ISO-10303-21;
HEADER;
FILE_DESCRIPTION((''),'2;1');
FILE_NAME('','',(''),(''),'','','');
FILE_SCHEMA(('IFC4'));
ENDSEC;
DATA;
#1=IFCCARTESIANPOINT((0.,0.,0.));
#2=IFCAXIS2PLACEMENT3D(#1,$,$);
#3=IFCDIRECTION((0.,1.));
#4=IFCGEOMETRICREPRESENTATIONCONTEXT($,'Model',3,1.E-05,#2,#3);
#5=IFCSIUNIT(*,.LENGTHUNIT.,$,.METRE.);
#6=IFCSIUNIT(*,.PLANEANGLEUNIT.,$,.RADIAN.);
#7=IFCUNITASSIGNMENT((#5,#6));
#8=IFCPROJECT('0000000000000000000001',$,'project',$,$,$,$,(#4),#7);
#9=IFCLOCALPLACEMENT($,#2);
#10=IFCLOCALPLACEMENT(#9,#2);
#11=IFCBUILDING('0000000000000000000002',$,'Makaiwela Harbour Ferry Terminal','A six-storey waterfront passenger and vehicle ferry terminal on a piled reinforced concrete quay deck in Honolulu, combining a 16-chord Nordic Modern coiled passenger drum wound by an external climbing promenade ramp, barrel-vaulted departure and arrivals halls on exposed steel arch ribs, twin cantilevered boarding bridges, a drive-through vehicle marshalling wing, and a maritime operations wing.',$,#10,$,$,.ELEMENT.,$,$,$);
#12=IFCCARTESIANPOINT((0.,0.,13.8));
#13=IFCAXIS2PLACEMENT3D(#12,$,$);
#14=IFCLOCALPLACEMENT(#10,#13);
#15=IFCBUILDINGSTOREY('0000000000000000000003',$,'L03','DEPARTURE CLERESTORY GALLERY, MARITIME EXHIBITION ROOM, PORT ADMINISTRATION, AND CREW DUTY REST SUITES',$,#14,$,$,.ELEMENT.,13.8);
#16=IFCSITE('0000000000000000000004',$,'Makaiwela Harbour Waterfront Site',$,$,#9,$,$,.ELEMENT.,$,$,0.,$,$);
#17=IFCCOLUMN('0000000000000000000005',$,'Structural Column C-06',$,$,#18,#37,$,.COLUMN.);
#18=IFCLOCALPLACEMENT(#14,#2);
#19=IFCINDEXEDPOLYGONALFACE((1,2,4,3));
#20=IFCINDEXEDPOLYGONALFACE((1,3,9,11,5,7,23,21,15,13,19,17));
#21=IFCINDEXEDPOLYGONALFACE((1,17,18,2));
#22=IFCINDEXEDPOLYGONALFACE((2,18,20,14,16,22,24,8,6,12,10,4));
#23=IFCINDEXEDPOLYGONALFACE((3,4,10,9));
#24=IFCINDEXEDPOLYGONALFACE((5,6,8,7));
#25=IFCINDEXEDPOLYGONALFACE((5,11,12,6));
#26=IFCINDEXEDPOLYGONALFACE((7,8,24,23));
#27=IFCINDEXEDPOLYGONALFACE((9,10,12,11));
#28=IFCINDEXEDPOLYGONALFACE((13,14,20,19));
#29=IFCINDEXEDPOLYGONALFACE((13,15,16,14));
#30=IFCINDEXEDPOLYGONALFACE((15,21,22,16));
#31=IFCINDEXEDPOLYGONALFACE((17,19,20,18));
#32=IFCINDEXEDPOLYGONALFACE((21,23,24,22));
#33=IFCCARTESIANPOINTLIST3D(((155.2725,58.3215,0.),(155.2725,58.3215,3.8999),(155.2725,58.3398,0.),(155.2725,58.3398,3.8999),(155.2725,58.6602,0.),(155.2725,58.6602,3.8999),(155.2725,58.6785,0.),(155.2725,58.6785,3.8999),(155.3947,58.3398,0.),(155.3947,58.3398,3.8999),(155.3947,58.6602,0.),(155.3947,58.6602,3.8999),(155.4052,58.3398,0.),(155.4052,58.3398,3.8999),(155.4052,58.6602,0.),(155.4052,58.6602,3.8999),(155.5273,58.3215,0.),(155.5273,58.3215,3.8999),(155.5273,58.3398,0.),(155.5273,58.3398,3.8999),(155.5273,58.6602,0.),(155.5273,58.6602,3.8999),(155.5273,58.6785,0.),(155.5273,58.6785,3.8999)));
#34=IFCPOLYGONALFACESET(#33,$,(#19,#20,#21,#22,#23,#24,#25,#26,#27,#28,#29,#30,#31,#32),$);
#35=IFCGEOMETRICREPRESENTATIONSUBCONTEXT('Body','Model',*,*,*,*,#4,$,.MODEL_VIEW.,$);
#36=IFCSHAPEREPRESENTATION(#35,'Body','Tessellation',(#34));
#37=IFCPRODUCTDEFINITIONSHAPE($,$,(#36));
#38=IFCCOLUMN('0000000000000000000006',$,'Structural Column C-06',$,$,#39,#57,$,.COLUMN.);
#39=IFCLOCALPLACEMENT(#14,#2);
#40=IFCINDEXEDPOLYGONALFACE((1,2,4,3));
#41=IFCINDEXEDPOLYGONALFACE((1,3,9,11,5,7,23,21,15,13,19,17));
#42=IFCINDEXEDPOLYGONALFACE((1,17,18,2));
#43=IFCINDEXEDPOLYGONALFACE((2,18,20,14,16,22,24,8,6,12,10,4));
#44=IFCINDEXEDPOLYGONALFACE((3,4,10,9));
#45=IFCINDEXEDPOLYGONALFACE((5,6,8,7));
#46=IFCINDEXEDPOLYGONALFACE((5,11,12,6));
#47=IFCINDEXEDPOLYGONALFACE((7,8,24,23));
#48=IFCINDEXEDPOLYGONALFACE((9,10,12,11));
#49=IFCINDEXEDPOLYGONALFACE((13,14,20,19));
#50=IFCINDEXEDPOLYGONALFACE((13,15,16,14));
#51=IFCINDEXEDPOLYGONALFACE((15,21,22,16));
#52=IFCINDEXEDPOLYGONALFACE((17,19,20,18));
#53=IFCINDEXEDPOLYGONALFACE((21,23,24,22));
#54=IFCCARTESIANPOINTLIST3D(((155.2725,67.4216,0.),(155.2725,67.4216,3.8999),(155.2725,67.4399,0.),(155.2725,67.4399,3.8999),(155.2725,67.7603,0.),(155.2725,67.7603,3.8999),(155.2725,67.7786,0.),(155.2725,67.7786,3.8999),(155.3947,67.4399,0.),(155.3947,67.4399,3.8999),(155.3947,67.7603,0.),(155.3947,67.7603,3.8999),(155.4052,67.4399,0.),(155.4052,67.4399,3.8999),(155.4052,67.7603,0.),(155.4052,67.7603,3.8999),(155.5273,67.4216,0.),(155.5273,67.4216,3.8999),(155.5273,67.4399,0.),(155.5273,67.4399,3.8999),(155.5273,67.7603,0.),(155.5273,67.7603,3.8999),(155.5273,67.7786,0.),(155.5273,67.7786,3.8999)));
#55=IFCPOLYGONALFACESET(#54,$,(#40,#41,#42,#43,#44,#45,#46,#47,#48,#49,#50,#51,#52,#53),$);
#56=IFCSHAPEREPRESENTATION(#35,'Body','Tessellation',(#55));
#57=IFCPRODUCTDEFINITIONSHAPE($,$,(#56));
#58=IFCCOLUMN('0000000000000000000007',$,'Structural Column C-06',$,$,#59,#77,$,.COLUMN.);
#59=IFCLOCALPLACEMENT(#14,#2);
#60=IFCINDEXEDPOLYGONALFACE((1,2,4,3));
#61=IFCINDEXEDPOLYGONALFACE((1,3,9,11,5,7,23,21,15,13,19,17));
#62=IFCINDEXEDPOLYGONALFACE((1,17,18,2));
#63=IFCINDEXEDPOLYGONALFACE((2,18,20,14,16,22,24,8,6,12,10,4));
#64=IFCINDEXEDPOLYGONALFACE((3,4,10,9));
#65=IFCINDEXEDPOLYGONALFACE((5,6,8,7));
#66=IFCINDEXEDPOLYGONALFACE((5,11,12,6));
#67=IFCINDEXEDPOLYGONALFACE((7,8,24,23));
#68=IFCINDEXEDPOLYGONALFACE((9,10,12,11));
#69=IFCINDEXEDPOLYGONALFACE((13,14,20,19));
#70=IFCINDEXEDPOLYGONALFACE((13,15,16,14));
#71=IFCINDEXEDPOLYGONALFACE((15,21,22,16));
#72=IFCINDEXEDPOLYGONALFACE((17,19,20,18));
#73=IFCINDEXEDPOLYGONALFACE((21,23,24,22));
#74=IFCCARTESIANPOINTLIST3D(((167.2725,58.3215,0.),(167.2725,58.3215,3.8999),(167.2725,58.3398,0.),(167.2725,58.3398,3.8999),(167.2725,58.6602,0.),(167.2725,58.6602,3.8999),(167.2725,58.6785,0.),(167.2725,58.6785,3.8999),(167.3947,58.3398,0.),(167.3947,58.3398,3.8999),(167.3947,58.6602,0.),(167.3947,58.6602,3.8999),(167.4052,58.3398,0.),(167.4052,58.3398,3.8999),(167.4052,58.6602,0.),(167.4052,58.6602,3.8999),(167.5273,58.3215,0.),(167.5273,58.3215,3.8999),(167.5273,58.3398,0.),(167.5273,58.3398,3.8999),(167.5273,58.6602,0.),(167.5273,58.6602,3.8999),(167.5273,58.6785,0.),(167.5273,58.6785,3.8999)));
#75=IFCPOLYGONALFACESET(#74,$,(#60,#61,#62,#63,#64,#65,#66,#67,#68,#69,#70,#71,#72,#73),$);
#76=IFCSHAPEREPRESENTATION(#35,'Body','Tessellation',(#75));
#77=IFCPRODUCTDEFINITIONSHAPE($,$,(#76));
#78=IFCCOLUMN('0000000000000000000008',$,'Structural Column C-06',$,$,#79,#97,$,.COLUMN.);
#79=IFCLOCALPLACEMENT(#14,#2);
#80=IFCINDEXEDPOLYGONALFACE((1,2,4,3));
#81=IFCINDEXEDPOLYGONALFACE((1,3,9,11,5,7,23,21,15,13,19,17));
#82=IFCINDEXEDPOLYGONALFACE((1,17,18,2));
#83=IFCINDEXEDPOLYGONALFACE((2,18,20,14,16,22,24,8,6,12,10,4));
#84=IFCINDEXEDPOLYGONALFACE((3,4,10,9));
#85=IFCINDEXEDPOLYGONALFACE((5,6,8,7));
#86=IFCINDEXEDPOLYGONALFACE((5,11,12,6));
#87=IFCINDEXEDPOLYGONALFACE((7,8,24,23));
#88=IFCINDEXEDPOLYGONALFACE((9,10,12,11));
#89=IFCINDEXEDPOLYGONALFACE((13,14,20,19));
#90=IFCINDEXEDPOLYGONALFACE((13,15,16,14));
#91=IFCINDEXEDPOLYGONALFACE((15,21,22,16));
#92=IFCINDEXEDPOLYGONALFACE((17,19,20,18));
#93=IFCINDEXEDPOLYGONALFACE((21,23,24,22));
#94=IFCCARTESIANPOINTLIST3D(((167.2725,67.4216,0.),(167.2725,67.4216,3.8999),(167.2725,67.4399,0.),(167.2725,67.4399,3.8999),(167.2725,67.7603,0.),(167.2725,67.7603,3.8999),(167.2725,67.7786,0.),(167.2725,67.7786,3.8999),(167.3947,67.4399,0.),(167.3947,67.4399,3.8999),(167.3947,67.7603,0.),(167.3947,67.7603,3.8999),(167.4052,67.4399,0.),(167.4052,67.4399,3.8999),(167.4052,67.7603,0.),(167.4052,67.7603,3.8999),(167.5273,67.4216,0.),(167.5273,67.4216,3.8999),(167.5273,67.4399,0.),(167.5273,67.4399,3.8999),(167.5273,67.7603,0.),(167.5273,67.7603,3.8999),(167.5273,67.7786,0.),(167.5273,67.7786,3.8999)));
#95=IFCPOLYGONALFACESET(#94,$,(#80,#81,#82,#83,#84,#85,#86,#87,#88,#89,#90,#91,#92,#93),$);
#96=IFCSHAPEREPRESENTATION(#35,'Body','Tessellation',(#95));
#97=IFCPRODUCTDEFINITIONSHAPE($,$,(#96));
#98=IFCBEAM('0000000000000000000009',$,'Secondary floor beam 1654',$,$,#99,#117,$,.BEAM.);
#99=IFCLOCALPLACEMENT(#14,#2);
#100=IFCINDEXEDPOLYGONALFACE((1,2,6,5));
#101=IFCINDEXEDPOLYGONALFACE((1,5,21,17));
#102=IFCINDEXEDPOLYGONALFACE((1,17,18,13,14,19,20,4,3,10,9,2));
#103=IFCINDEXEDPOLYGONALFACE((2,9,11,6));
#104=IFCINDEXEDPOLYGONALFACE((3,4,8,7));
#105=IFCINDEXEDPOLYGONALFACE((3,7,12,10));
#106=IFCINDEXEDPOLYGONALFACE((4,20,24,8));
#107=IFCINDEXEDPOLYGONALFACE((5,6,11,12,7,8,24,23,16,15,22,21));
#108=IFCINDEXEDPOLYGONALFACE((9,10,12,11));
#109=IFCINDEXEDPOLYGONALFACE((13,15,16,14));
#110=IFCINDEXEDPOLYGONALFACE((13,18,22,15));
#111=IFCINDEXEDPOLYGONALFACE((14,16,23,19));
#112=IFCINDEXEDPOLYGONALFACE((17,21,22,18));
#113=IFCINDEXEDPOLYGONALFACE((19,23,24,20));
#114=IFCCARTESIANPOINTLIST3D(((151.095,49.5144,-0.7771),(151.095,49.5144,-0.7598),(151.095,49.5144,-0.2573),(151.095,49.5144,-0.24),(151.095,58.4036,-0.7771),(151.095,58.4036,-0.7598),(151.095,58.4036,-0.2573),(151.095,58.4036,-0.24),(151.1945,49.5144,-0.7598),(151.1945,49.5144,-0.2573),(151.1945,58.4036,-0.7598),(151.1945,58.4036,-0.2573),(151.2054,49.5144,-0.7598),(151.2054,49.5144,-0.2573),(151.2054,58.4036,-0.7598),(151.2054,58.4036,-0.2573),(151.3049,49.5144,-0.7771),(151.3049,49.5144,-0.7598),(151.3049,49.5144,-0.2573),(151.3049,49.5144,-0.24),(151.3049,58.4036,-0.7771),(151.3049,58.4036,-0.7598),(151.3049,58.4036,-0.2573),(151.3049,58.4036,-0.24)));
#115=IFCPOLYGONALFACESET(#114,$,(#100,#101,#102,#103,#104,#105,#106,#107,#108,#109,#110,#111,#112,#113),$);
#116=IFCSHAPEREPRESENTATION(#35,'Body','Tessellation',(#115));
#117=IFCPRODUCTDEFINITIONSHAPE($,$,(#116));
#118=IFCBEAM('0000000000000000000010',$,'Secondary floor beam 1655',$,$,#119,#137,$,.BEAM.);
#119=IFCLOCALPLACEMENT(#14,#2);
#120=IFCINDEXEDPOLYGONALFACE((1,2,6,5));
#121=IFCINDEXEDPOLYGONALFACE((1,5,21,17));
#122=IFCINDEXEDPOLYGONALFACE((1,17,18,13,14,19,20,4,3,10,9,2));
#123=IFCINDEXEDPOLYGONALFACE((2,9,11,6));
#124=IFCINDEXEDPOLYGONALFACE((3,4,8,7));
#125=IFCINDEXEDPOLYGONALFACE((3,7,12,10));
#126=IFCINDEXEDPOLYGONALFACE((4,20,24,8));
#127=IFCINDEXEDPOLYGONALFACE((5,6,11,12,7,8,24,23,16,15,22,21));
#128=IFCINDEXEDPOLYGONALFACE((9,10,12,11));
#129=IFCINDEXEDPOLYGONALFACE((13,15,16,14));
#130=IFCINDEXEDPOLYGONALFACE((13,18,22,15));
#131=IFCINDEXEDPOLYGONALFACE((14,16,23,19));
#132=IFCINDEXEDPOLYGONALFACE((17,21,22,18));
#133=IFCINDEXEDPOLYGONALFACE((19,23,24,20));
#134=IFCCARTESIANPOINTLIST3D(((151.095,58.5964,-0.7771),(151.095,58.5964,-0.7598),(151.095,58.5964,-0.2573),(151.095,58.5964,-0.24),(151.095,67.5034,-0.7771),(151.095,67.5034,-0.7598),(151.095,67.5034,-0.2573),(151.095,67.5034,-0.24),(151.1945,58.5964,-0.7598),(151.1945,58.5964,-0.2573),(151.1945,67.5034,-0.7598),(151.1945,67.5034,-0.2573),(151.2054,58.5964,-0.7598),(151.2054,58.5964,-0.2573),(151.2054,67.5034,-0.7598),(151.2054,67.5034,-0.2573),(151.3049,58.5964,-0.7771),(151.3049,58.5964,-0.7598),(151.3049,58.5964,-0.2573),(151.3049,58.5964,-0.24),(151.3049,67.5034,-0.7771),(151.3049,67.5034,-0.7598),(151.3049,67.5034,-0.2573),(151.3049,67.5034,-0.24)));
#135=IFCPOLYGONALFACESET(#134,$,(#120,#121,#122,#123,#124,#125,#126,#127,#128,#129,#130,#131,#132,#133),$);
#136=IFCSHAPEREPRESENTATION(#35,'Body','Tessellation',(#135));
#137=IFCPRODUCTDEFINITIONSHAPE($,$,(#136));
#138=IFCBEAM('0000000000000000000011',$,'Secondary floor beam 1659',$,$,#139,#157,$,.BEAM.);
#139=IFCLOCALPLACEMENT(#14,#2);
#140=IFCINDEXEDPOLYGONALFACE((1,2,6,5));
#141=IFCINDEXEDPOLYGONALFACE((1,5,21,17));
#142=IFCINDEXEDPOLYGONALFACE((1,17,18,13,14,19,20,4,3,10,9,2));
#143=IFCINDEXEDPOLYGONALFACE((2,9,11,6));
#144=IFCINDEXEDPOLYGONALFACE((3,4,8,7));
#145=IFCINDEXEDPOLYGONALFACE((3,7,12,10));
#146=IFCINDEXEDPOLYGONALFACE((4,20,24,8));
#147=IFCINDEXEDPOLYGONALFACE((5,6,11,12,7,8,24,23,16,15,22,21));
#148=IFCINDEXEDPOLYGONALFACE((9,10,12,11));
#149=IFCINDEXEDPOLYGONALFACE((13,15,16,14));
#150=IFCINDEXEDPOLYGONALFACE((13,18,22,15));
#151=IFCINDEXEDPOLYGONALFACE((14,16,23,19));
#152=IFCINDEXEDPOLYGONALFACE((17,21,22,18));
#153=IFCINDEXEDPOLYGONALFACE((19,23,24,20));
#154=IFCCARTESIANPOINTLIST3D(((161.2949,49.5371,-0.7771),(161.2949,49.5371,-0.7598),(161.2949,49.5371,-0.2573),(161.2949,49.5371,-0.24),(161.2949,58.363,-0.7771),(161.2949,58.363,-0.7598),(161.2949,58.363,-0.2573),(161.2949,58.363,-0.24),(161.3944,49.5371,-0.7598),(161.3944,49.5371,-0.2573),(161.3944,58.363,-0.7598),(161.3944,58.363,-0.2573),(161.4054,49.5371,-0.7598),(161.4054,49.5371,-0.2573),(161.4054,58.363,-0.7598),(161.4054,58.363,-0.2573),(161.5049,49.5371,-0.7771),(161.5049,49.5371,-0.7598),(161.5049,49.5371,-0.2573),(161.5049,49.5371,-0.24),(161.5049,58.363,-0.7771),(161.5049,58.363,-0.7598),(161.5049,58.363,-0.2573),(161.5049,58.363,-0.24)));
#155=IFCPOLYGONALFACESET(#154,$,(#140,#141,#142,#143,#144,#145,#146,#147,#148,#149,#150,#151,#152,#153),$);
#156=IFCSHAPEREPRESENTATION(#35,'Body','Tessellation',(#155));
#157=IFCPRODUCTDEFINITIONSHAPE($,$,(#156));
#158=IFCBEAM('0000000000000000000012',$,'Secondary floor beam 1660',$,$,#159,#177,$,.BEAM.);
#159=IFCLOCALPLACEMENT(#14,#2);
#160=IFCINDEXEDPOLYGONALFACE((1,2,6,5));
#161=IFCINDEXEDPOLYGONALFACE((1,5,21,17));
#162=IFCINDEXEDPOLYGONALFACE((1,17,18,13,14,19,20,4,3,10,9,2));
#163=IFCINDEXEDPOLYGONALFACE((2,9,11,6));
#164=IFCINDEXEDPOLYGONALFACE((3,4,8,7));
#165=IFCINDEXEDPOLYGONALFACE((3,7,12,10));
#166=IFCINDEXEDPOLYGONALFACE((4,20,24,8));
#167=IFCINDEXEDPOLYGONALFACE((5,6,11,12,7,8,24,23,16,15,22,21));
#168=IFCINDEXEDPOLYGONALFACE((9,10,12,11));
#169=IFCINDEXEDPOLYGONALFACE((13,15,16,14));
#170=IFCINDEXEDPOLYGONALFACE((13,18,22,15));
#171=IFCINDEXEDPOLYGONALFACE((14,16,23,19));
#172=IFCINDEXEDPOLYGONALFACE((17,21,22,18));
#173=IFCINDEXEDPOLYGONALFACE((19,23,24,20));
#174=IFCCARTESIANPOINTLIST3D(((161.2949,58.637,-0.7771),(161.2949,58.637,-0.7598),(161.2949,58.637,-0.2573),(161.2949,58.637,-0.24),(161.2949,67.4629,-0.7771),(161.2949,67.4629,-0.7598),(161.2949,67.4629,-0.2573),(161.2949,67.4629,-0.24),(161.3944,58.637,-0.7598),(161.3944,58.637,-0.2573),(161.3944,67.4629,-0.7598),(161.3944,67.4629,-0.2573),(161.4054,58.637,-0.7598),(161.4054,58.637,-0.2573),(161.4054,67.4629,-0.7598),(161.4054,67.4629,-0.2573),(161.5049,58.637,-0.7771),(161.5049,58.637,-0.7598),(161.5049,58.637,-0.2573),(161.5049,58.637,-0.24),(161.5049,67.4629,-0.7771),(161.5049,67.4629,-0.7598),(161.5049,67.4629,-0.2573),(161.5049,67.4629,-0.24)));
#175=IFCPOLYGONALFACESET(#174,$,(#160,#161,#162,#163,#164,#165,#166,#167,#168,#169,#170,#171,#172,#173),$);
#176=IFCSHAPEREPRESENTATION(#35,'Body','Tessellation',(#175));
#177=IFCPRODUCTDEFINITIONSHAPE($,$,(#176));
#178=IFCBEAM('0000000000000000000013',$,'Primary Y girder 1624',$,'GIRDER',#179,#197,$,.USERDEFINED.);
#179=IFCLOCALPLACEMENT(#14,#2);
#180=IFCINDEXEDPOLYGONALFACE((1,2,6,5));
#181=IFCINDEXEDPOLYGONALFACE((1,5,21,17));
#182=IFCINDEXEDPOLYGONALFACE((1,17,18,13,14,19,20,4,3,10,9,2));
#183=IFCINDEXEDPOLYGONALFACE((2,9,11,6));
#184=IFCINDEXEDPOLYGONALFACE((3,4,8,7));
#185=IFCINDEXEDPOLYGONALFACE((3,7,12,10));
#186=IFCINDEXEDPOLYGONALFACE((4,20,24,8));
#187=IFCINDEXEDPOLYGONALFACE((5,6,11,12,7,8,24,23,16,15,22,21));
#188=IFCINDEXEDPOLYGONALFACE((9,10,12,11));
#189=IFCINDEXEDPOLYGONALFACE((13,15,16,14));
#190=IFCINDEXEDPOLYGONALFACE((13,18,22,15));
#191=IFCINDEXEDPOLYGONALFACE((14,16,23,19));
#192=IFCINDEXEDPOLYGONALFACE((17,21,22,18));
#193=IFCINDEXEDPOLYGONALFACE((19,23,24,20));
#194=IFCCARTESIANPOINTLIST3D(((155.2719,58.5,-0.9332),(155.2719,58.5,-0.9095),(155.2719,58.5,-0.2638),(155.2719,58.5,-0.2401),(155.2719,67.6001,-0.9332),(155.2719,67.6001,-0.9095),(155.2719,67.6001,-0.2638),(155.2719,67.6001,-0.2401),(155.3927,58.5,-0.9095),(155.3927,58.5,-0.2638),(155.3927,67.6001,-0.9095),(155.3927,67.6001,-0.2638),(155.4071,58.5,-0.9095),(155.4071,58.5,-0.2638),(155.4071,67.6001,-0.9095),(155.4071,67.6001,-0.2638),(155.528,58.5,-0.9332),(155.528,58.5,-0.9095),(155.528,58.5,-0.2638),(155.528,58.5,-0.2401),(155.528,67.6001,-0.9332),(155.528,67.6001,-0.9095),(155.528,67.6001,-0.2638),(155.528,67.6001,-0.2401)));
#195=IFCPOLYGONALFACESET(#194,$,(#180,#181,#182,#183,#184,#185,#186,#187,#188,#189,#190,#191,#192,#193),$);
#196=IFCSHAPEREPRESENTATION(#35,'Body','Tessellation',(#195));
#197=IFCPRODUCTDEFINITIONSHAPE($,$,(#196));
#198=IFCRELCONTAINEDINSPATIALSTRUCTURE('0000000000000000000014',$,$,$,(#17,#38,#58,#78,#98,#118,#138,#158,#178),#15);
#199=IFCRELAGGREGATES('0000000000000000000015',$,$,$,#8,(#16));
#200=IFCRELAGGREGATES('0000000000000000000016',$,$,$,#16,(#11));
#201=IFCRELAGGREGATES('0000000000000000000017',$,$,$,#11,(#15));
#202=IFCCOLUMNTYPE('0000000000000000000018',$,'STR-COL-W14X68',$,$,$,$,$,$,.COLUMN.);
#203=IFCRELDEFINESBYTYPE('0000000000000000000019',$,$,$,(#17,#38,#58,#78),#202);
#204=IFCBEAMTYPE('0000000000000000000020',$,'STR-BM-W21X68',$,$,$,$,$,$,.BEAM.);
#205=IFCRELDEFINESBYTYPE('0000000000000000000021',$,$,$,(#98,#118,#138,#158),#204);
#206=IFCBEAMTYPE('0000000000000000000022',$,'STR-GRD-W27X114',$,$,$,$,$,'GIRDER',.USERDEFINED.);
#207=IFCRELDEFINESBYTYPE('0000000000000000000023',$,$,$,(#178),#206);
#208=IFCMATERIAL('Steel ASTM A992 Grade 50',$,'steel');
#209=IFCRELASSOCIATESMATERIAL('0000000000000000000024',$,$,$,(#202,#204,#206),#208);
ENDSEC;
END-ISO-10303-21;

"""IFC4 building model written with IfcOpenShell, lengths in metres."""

from ifc_helpers import new_model, si_unit, direction, frame, origin, origin_2d, place, context, subcontext, project, spatial, i_section, extrude, material, material_profile, profile_set, type_object, element, save


model = new_model("IFC4")

# Units and contexts
model_context = context("Model", 3, precision=1e-05, world=origin(), true_north=direction((0.0, 1.0)))
body_context = subcontext(model_context, "Body", "Model", "MODEL_VIEW")
ifc_project = project(units=[si_unit("LENGTHUNIT", "METRE"), si_unit("PLANEANGLEUNIT", "RADIAN")], contexts=[model_context])

# Site, building, storey
site_placement = place(None, origin())
site = spatial("IfcSite", under=ifc_project, at=site_placement, Name="Makaiwela Harbour Waterfront Site", CompositionType="ELEMENT", RefElevation=0.0)
building_placement = place(site_placement, origin())
building = spatial("IfcBuilding", under=site, at=building_placement, Name="Makaiwela Harbour Ferry Terminal", Description="A six-storey waterfront passenger and vehicle ferry terminal on a piled reinforced concrete quay deck in Honolulu, combining a 16-chord Nordic Modern coiled passenger drum wound by an external climbing promenade ramp, barrel-vaulted departure and arrivals halls on exposed steel arch ribs, twin cantilevered boarding bridges, a drive-through vehicle marshalling wing, and a maritime operations wing.", CompositionType="ELEMENT")
storey_placement = place(building_placement, frame((0.0, 0.0, 13.8)))
storey = spatial("IfcBuildingStorey", under=building, at=storey_placement, Name="L03", Description="DEPARTURE CLERESTORY GALLERY, MARITIME EXHIBITION ROOM, PORT ADMINISTRATION, AND CREW DUTY REST SUITES", CompositionType="ELEMENT", Elevation=13.8)

# Columns
ifc_material_1 = material(Name="Steel ASTM A992 Grade 50", Category="steel")
ifc_material_profile_1 = material_profile(ifc_material_1, i_section(OverallWidth=0.2549, OverallDepth=0.3569, WebThickness=0.0105, FlangeThickness=0.0183, at=origin_2d()), Name="W14X68")
ifc_profile_set_1 = profile_set([ifc_material_profile_1], Name="Steel ASTM A992 Grade 50")
column_type = type_object("IfcColumnType", Name="STR-COL-W14X68", PredefinedType="COLUMN", material=ifc_profile_set_1)
for number, where, z_axis, x_axis, name in (
    (1, (155.3999, 58.5, 0.0), (0.0, 0.0, 1.0), (1.0, 0.0, 0.0), "Structural Column C-06"),
    (2, (155.3999, 67.6001, 0.0), (0.0, 0.0, 1.0), (1.0, 0.0, 0.0), "Structural Column C-06"),
    (3, (167.3999, 58.5, 0.0), (0.0, 0.0, 1.0), (1.0, 0.0, 0.0), "Structural Column C-06"),
    (4, (167.3999, 67.6001, 0.0), (0.0, 0.0, 1.0), (1.0, 0.0, 0.0), "Structural Column C-06"),
):
    element("IfcColumn", number, at=place(storey_placement, frame(where, z_axis=z_axis, x_axis=x_axis)), inside=storey, type_object=column_type, Name=name, PredefinedType="COLUMN", context=body_context, shape_type="SweptSolid", body=[
        extrude(i_section(OverallWidth=0.2549, OverallDepth=0.3569, WebThickness=0.0105, FlangeThickness=0.0183, at=origin_2d()), origin(), (0.0, 0.0, 1.0), 3.8999),
    ])

# Beams
ifc_material_profile_2 = material_profile(ifc_material_1, i_section(OverallWidth=0.21, OverallDepth=0.5371, WebThickness=0.011, FlangeThickness=0.0173, at=origin_2d()), Name="W21X68")
ifc_profile_set_2 = profile_set([ifc_material_profile_2], Name="Steel ASTM A992 Grade 50")
beam_type_1 = type_object("IfcBeamType", Name="STR-BM-W21X68", PredefinedType="BEAM", material=ifc_profile_set_2)
beam_1_placement = place(storey_placement, frame((151.2, 49.5144, -0.5085), z_axis=(0.0, 1.0, 0.0), x_axis=(-1.0, 0.0, 0.0)))
element("IfcBeam", 5, at=beam_1_placement, inside=storey, type_object=beam_type_1, Name="Secondary floor beam 1654", PredefinedType="BEAM", context=body_context, shape_type="SweptSolid", body=[
    extrude(i_section(OverallWidth=0.21, OverallDepth=0.5371, WebThickness=0.011, FlangeThickness=0.0173, at=origin_2d()), origin(), (0.0, 0.0, 1.0), 8.8892),
])
beam_2_placement = place(storey_placement, frame((151.2, 58.5964, -0.5085), z_axis=(0.0, 1.0, 0.0), x_axis=(-1.0, 0.0, 0.0)))
element("IfcBeam", 6, at=beam_2_placement, inside=storey, type_object=beam_type_1, Name="Secondary floor beam 1655", PredefinedType="BEAM", context=body_context, shape_type="SweptSolid", body=[
    extrude(i_section(OverallWidth=0.21, OverallDepth=0.5371, WebThickness=0.011, FlangeThickness=0.0173, at=origin_2d()), origin(), (0.0, 0.0, 1.0), 8.907),
])
for number, where, z_axis, x_axis, name in (
    (7, (161.3999, 49.5371, -0.5085), (0.0, 1.0, 0.0), (-1.0, 0.0, 0.0), "Secondary floor beam 1659"),
    (8, (161.3999, 58.637, -0.5085), (0.0, 1.0, 0.0), (-1.0, 0.0, 0.0), "Secondary floor beam 1660"),
):
    element("IfcBeam", number, at=place(storey_placement, frame(where, z_axis=z_axis, x_axis=x_axis)), inside=storey, type_object=beam_type_1, Name=name, PredefinedType="BEAM", context=body_context, shape_type="SweptSolid", body=[
        extrude(i_section(OverallWidth=0.21, OverallDepth=0.5371, WebThickness=0.011, FlangeThickness=0.0173, at=origin_2d()), origin(), (0.0, 0.0, 1.0), 8.8259),
    ])
ifc_material_profile_3 = material_profile(ifc_material_1, i_section(OverallWidth=0.2561, OverallDepth=0.6931, WebThickness=0.0144, FlangeThickness=0.0237, at=origin_2d()), Name="W27X114")
ifc_profile_set_3 = profile_set([ifc_material_profile_3], Name="Steel ASTM A992 Grade 50")
beam_type_2 = type_object("IfcBeamType", Name="STR-GRD-W27X114", ElementType="GIRDER", PredefinedType="USERDEFINED", material=ifc_profile_set_3)
beam_3_placement = place(storey_placement, frame((155.3999, 58.5, -0.5867), z_axis=(0.0, 1.0, 0.0), x_axis=(-1.0, 0.0, 0.0)))
element("IfcBeam", 9, at=beam_3_placement, inside=storey, type_object=beam_type_2, Name="Primary Y girder 1624", ObjectType="GIRDER", PredefinedType="USERDEFINED", context=body_context, shape_type="SweptSolid", body=[
    extrude(i_section(OverallWidth=0.2561, OverallDepth=0.6931, WebThickness=0.0144, FlangeThickness=0.0237, at=origin_2d()), origin(), (0.0, 0.0, 1.0), 9.1001),
])

save(model, "model.ifc")
